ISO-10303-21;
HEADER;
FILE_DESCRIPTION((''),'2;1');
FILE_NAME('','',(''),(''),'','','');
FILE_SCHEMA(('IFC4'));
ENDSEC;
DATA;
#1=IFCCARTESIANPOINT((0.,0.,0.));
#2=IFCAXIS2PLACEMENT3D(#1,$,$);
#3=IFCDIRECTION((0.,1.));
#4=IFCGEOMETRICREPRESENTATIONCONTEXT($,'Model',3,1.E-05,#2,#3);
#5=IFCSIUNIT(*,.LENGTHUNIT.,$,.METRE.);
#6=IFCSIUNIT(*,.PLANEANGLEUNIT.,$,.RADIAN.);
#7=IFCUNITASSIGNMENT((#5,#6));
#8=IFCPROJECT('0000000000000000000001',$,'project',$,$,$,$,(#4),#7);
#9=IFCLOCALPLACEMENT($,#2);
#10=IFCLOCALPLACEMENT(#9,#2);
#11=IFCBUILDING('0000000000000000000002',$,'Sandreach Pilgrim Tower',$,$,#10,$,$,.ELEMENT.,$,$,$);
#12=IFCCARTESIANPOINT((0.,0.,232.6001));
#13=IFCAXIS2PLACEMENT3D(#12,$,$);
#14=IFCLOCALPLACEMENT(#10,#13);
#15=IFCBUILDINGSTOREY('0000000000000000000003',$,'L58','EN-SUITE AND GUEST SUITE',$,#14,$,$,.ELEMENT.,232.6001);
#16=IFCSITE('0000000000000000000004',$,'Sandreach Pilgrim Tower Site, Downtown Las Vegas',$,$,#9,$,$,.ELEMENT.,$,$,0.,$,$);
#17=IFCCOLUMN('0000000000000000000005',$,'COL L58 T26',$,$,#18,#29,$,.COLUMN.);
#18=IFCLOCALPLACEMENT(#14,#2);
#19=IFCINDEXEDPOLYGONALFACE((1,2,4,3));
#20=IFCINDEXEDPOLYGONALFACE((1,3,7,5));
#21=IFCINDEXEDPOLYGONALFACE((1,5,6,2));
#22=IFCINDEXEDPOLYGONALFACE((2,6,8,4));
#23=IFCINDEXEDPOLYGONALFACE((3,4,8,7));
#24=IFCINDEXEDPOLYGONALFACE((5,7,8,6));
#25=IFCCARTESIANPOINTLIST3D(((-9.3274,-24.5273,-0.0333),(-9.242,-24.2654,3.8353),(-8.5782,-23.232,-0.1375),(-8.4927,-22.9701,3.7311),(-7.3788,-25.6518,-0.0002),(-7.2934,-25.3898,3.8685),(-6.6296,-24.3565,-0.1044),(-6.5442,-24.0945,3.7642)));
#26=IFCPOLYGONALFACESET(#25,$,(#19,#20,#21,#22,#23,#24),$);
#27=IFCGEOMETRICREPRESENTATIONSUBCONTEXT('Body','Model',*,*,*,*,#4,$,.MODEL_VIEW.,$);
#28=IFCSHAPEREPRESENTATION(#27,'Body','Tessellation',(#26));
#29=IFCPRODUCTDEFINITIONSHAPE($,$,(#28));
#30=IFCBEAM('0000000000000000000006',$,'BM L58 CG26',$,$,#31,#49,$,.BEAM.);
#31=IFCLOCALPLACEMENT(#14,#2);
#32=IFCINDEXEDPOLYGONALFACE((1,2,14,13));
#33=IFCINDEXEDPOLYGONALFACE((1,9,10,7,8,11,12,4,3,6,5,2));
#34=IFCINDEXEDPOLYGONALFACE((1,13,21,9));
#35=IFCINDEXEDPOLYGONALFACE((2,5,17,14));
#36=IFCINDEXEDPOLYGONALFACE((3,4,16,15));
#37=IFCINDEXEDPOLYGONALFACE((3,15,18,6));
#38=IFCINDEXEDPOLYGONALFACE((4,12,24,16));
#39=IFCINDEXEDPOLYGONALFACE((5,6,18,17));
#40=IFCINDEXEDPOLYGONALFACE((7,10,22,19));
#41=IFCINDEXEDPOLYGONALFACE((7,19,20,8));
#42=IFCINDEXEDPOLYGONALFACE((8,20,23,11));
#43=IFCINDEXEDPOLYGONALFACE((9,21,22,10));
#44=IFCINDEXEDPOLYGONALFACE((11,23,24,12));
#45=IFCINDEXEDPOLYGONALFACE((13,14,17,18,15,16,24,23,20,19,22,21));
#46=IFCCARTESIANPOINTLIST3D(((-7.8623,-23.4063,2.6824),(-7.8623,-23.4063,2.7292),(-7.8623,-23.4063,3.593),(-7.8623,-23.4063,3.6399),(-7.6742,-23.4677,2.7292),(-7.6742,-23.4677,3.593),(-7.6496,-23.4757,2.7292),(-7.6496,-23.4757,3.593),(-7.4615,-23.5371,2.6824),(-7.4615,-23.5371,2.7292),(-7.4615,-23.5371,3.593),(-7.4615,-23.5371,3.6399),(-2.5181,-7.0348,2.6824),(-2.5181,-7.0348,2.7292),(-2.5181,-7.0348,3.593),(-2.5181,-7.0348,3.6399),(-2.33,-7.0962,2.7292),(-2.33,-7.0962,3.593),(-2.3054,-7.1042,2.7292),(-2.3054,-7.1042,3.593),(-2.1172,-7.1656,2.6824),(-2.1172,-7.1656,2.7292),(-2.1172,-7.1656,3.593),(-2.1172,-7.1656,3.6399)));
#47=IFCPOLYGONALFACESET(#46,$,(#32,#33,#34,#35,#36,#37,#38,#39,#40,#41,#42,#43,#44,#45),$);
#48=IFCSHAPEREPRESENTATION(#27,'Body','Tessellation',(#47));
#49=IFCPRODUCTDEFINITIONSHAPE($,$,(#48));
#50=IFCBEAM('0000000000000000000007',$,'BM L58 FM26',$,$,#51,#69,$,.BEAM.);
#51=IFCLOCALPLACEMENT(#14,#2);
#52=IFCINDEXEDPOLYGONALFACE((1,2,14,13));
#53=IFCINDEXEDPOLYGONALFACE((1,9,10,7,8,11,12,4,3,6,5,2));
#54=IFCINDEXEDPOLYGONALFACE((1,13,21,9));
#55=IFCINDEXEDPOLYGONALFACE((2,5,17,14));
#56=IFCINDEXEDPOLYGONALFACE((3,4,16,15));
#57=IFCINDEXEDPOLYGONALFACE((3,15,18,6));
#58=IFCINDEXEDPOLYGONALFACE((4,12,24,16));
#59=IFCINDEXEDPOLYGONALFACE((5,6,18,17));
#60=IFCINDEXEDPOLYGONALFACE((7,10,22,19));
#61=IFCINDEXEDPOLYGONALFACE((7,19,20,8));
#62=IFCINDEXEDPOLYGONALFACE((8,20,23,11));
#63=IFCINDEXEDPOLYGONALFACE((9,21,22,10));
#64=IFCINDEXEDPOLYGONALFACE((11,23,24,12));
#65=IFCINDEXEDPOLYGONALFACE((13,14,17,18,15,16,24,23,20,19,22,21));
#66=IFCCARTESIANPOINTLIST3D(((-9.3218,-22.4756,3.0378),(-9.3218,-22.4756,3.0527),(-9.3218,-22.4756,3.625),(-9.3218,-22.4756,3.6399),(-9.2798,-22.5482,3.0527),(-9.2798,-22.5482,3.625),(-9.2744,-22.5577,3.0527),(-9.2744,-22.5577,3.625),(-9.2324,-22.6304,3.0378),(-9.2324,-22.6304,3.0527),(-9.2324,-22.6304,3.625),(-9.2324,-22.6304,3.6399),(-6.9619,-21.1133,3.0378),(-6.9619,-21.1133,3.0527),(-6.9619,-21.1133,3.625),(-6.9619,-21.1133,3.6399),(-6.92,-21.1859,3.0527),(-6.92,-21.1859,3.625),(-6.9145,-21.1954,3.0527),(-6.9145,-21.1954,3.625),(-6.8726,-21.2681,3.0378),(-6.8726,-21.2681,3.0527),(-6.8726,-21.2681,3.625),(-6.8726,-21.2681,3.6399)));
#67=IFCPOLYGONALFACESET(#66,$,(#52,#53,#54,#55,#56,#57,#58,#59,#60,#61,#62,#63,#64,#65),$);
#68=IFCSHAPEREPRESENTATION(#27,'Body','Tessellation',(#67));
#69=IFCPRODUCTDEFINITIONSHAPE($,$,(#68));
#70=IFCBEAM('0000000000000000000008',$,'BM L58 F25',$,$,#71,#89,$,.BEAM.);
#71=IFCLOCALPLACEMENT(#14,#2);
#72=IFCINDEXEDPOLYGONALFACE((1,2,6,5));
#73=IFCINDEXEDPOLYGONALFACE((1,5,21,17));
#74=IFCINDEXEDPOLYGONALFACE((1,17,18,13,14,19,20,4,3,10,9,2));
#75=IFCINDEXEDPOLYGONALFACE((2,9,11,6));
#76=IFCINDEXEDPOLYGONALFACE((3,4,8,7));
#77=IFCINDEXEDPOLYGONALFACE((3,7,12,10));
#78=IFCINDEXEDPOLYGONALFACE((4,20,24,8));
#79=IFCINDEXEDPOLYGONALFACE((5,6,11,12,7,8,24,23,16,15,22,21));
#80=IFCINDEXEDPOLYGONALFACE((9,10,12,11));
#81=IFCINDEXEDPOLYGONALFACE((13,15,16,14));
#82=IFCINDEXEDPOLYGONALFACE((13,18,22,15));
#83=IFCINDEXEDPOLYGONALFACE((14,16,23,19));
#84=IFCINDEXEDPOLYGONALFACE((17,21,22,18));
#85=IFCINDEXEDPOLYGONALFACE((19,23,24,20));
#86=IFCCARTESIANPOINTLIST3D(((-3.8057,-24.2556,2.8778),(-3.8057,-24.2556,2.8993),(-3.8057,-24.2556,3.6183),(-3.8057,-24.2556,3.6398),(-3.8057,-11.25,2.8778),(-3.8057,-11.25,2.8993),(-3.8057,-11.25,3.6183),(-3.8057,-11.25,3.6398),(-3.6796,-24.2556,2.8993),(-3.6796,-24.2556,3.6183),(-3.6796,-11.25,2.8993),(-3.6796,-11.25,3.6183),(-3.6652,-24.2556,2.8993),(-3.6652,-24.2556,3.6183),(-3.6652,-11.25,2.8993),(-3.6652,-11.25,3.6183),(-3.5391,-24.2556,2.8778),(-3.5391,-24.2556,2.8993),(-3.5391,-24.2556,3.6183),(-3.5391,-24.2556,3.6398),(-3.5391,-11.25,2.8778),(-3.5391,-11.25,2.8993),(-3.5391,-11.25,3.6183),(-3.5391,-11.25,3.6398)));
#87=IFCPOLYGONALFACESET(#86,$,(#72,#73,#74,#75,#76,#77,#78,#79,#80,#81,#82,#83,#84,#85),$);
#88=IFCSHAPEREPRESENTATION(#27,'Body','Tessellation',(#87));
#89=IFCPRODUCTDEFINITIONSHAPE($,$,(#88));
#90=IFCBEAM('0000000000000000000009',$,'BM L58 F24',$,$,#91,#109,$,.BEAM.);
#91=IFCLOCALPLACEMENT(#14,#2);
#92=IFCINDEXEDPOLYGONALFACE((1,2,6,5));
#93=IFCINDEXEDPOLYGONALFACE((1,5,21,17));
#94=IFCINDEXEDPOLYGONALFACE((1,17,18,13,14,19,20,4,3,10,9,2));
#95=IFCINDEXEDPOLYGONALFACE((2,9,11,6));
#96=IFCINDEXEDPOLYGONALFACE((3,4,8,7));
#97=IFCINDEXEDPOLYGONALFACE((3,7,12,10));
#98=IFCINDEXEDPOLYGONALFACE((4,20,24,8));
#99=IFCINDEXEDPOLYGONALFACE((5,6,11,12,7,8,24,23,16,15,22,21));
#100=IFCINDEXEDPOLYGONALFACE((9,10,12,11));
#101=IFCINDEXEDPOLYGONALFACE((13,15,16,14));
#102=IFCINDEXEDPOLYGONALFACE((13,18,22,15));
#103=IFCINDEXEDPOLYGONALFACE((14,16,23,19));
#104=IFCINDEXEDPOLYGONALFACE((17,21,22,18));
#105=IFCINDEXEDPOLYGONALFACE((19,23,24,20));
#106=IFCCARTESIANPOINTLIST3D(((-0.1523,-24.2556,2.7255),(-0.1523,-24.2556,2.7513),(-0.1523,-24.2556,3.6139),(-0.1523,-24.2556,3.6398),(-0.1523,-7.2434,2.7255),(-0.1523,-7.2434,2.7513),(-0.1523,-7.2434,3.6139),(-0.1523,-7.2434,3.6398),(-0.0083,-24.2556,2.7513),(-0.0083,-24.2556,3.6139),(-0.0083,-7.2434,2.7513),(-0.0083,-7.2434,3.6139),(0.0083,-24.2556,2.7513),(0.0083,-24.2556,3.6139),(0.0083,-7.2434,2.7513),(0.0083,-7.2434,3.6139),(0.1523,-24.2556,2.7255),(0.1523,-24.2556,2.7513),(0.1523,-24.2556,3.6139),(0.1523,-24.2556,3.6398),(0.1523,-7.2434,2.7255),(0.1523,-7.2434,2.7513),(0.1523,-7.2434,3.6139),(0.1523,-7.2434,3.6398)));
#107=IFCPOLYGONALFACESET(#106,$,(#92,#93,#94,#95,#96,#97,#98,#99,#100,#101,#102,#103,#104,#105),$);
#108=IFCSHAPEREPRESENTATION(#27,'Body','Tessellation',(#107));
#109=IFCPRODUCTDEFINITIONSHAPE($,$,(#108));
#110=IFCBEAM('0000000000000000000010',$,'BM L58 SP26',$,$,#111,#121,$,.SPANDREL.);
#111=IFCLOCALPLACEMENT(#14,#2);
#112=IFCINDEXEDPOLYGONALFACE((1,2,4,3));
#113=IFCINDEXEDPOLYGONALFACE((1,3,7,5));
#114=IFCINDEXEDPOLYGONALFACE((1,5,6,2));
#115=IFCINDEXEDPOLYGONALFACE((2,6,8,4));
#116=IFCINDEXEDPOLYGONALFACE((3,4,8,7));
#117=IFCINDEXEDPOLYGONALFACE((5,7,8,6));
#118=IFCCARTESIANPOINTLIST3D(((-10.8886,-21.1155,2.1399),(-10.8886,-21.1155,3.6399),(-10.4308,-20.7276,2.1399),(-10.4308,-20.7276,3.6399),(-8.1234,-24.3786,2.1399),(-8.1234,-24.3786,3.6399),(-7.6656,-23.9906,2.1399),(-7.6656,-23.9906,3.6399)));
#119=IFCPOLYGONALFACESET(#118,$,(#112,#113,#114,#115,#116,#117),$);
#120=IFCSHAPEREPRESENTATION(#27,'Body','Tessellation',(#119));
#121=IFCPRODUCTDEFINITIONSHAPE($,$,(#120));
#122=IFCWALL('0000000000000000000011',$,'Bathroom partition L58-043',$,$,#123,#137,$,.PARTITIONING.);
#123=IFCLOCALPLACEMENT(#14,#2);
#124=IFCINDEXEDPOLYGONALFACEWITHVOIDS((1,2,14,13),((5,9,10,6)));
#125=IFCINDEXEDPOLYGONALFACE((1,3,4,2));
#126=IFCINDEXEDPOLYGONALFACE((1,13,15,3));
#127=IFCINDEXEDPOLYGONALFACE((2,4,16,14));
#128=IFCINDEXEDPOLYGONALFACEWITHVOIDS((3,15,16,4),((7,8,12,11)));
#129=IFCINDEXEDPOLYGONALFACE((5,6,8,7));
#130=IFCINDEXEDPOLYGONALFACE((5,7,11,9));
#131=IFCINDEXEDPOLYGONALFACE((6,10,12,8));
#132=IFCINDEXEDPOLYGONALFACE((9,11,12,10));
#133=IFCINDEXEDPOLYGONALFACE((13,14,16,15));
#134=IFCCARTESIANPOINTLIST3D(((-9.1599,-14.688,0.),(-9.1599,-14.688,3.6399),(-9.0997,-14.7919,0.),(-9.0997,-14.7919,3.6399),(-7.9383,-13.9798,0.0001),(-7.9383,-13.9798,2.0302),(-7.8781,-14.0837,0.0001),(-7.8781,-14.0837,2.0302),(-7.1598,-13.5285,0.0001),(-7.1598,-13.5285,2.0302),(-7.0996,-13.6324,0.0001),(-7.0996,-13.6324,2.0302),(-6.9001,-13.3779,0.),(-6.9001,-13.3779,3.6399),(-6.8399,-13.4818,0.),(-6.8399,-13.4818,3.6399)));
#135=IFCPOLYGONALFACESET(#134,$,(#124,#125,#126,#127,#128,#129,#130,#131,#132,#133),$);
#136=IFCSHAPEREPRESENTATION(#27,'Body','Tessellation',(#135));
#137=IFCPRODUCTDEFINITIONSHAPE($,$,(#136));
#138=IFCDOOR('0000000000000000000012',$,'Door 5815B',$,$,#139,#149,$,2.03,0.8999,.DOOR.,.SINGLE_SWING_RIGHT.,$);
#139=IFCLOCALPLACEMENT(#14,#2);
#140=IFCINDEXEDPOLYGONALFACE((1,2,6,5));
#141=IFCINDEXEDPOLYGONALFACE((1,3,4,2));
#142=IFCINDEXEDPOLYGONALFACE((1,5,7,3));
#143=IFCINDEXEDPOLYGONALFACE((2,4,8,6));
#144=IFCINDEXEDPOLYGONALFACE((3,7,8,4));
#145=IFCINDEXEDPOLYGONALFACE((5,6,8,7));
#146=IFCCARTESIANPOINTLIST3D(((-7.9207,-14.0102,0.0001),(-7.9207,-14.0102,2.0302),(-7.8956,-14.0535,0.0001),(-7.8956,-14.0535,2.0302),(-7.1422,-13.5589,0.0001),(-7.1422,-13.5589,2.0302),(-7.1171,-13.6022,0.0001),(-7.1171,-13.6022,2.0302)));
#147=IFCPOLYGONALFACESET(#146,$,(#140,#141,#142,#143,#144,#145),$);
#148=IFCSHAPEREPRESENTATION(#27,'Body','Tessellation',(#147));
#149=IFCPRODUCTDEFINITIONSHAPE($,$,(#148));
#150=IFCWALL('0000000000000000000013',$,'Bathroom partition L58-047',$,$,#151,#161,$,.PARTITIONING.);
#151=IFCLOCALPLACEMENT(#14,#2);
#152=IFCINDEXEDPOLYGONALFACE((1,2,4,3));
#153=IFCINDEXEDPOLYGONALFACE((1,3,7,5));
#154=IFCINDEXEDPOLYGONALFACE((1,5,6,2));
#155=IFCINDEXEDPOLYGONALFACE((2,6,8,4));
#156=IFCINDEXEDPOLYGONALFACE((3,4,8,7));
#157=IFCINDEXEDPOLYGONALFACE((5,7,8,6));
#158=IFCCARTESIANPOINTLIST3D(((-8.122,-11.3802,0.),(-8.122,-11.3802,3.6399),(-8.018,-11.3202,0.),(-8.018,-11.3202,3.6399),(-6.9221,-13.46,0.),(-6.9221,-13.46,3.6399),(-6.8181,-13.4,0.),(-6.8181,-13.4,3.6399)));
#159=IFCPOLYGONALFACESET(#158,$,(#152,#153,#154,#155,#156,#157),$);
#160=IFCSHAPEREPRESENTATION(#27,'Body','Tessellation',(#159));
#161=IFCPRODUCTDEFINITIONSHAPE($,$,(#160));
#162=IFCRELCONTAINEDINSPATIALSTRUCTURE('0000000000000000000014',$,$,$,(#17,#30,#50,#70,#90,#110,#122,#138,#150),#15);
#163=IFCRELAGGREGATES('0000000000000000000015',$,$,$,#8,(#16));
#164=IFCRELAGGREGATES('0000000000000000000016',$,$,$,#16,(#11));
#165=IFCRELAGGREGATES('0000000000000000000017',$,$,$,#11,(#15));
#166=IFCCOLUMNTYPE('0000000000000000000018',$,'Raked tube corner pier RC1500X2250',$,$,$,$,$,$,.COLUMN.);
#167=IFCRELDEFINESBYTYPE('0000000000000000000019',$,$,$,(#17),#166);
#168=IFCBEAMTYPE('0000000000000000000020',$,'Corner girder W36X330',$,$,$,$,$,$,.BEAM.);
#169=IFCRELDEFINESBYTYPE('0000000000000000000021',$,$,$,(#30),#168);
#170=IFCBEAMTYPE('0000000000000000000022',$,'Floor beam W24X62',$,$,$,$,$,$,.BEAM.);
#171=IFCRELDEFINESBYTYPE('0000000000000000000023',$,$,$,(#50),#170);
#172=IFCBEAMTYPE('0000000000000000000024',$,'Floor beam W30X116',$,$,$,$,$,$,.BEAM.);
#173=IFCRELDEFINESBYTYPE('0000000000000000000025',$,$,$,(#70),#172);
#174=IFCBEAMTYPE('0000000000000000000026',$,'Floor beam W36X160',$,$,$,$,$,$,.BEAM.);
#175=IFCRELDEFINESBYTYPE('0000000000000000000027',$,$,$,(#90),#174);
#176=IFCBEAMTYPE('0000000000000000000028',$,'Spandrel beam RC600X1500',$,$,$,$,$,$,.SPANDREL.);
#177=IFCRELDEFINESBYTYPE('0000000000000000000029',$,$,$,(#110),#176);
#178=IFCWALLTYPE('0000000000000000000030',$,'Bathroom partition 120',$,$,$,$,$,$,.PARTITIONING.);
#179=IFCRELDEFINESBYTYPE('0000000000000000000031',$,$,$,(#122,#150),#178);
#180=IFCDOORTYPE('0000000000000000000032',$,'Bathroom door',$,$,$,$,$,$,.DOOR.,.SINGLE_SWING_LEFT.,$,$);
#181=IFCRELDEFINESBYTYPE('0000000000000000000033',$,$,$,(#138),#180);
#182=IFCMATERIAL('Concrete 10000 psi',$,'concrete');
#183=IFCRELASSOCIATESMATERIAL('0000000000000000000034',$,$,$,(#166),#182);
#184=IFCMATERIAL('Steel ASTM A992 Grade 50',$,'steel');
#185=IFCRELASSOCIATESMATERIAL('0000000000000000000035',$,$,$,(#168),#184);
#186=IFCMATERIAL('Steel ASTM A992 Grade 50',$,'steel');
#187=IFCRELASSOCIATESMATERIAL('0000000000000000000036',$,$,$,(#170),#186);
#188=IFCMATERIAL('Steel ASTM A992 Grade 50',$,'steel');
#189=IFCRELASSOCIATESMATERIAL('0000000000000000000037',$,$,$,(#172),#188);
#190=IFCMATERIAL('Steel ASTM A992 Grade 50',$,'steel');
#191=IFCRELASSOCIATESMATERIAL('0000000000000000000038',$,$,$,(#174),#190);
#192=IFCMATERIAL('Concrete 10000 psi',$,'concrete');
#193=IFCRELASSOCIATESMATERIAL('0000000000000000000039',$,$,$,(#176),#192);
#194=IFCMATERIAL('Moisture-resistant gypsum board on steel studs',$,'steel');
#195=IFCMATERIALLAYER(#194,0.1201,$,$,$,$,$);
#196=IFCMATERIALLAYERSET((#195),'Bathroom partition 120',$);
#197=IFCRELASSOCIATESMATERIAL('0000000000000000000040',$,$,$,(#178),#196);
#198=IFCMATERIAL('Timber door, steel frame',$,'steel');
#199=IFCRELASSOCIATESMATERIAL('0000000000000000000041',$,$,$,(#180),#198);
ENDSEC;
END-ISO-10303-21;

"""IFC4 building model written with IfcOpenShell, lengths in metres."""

from ifc_helpers import new_model, si_unit, direction, frame, frame_2d, origin, origin_2d, place, context, subcontext, project, spatial, rectangle, i_section, extrude, material, layer, layer_set, material_profile, profile_set, type_object, element, fill, save


model = new_model("IFC4")

# Units and contexts
model_context = context("Model", 3, precision=1e-05, world=origin(), true_north=direction((0.0, 1.0)))
body_context = subcontext(model_context, "Body", "Model", "MODEL_VIEW")
ifc_project = project(units=[si_unit("LENGTHUNIT", "METRE"), si_unit("PLANEANGLEUNIT", "RADIAN")], contexts=[model_context])

# Site, building, storey
site_placement = place(None, origin())
site = spatial("IfcSite", under=ifc_project, at=site_placement, Name="Sandreach Pilgrim Tower Site, Downtown Las Vegas", CompositionType="ELEMENT", RefElevation=0.0)
building_placement = place(site_placement, origin())
building = spatial("IfcBuilding", under=site, at=building_placement, Name="Sandreach Pilgrim Tower", CompositionType="ELEMENT")
storey_placement = place(building_placement, frame((0.0, 0.0, 232.6001)))
storey = spatial("IfcBuildingStorey", under=building, at=storey_placement, Name="L58", Description="EN-SUITE AND GUEST SUITE", CompositionType="ELEMENT", Elevation=232.6001)

# Column
ifc_material_1 = material(Name="Concrete 10000 psi", Category="concrete")
ifc_material_profile_1 = material_profile(ifc_material_1, rectangle(XDim=1.5, YDim=2.25, at=origin_2d()), Name="RC1500X2250")
ifc_profile_set_1 = profile_set([ifc_material_profile_1], Name="Concrete 10000 psi")
column_type = type_object("IfcColumnType", Name="Raked tube corner pier RC1500X2250", PredefinedType="COLUMN", material=ifc_profile_set_1)
column_placement = place(storey_placement, frame((-7.9785, -24.4419, -0.0688), z_axis=(0.022032, 0.067543, 0.997473), x_axis=(-0.49949, -0.863527, 0.069506)))
element("IfcColumn", 1, at=column_placement, inside=storey, type_object=column_type, Name="COL L58 T26", PredefinedType="COLUMN", context=body_context, shape_type="SweptSolid", body=[
    extrude(rectangle(XDim=1.5, YDim=2.25, at=origin_2d()), origin(), (0.0, 0.0, 1.0), 3.8784),
])

# Beams
ifc_material_2 = material(Name="Steel ASTM A992 Grade 50", Category="steel")
ifc_material_profile_2 = material_profile(ifc_material_2, i_section(OverallWidth=0.4216, OverallDepth=0.9575, WebThickness=0.0259, FlangeThickness=0.0469, at=origin_2d()), Name="W36X330")
ifc_profile_set_2 = profile_set([ifc_material_profile_2], Name="Steel ASTM A992 Grade 50")
beam_type_1 = type_object("IfcBeamType", Name="Corner girder W36X330", PredefinedType="BEAM", material=ifc_profile_set_2)
beam_1_placement = place(storey_placement, frame((-7.6619, -23.4717, 3.1611), z_axis=(0.310319, 0.950633, 0.0), x_axis=(-0.950633, 0.310319, 0.0)))
element("IfcBeam", 2, at=beam_1_placement, inside=storey, type_object=beam_type_1, Name="BM L58 CG26", PredefinedType="BEAM", context=body_context, shape_type="SweptSolid", body=[
    extrude(i_section(OverallWidth=0.4216, OverallDepth=0.9575, WebThickness=0.0259, FlangeThickness=0.0469, at=origin_2d()), origin(), (0.0, 0.0, 1.0), 17.2217),
])
ifc_material_3 = material(Name="Steel ASTM A992 Grade 50", Category="steel")
ifc_material_profile_3 = material_profile(ifc_material_3, i_section(OverallWidth=0.1787, OverallDepth=0.6021, WebThickness=0.011, FlangeThickness=0.0149, at=origin_2d()), Name="W24X62")
ifc_profile_set_3 = profile_set([ifc_material_profile_3], Name="Steel ASTM A992 Grade 50")
beam_type_2 = type_object("IfcBeamType", Name="Floor beam W24X62", PredefinedType="BEAM", material=ifc_profile_set_3)
beam_2_placement = place(storey_placement, frame((-9.2771, -22.553, 3.3389), z_axis=(0.866051, 0.499955, 0.0), x_axis=(-0.499955, 0.866051, 0.0)))
element("IfcBeam", 3, at=beam_2_placement, inside=storey, type_object=beam_type_2, Name="BM L58 FM26", PredefinedType="BEAM", context=body_context, shape_type="SweptSolid", body=[
    extrude(i_section(OverallWidth=0.1787, OverallDepth=0.6021, WebThickness=0.011, FlangeThickness=0.0149, at=origin_2d()), origin(), (0.0, 0.0, 1.0), 2.7249),
])
ifc_material_4 = material(Name="Steel ASTM A992 Grade 50", Category="steel")
ifc_material_profile_4 = material_profile(ifc_material_4, i_section(OverallWidth=0.2666, OverallDepth=0.762, WebThickness=0.0144, FlangeThickness=0.0215, at=origin_2d()), Name="W30X116")
ifc_profile_set_4 = profile_set([ifc_material_profile_4], Name="Steel ASTM A992 Grade 50")
beam_type_3 = type_object("IfcBeamType", Name="Floor beam W30X116", PredefinedType="BEAM", material=ifc_profile_set_4)
beam_3_placement = place(storey_placement, frame((-3.6724, -24.2556, 3.2588), z_axis=(0.0, 1.0, 0.0), x_axis=(-1.0, 0.0, 0.0)))
element("IfcBeam", 4, at=beam_3_placement, inside=storey, type_object=beam_type_3, Name="BM L58 F25", PredefinedType="BEAM", context=body_context, shape_type="SweptSolid", body=[
    extrude(i_section(OverallWidth=0.2666, OverallDepth=0.762, WebThickness=0.0144, FlangeThickness=0.0215, at=origin_2d()), origin(), (0.0, 0.0, 1.0), 13.0056),
])
ifc_material_5 = material(Name="Steel ASTM A992 Grade 50", Category="steel")
ifc_material_profile_5 = material_profile(ifc_material_5, i_section(OverallWidth=0.3047, OverallDepth=0.9143, WebThickness=0.0166, FlangeThickness=0.0259, at=origin_2d()), Name="W36X160")
ifc_profile_set_5 = profile_set([ifc_material_profile_5], Name="Steel ASTM A992 Grade 50")
beam_type_4 = type_object("IfcBeamType", Name="Floor beam W36X160", PredefinedType="BEAM", material=ifc_profile_set_5)
beam_4_placement = place(storey_placement, frame((0.0, -24.2556, 3.1826), z_axis=(0.0, 1.0, 0.0), x_axis=(-1.0, 0.0, 0.0)))
element("IfcBeam", 5, at=beam_4_placement, inside=storey, type_object=beam_type_4, Name="BM L58 F24", PredefinedType="BEAM", context=body_context, shape_type="SweptSolid", body=[
    extrude(i_section(OverallWidth=0.3047, OverallDepth=0.9143, WebThickness=0.0166, FlangeThickness=0.0259, at=origin_2d()), origin(), (0.0, 0.0, 1.0), 17.0122),
])
ifc_material_6 = material(Name="Concrete 10000 psi", Category="concrete")
ifc_material_profile_6 = material_profile(ifc_material_6, rectangle(XDim=0.6001, YDim=1.5, at=origin_2d()), Name="RC600X1500")
ifc_profile_set_6 = profile_set([ifc_material_profile_6], Name="Concrete 10000 psi")
beam_type_5 = type_object("IfcBeamType", Name="Spandrel beam RC600X1500", PredefinedType="SPANDREL", material=ifc_profile_set_6)
beam_5_placement = place(storey_placement, frame((-7.8945, -24.1846, 2.8899), z_axis=(-0.646513, 0.762903, 0.0), x_axis=(-0.762903, -0.646513, 0.0)))
element("IfcBeam", 6, at=beam_5_placement, inside=storey, type_object=beam_type_5, Name="BM L58 SP26", PredefinedType="SPANDREL", context=body_context, shape_type="SweptSolid", body=[
    extrude(rectangle(XDim=0.6001, YDim=1.5, at=origin_2d()), origin(), (0.0, 0.0, 1.0), 4.2771),
])

# Wall, opening, door
ifc_material_7 = material(Name="Moisture-resistant gypsum board on steel studs", Category="steel")
ifc_layer_1 = layer(ifc_material_7, 0.1201)
ifc_layer_set_1 = layer_set([ifc_layer_1], Name="Bathroom partition 120")
wall_type_1 = type_object("IfcWallType", Name="Bathroom partition 120", PredefinedType="PARTITIONING", material=ifc_layer_set_1)
wall_1_placement = place(storey_placement, frame((-9.1299, -14.74, 0.0), z_axis=(0.0, 0.0, 1.0), x_axis=(0.865132, 0.501545, 0.0)))
wall_1 = element("IfcWall", 7, at=wall_1_placement, inside=storey, type_object=wall_type_1, Name="Bathroom partition L58-043", PredefinedType="PARTITIONING", context=body_context, shape_type="SweptSolid", body=[
    extrude(rectangle(XDim=2.6121, YDim=0.1201, at=frame_2d((1.3062, 0.0))), origin(), (0.0, 0.0, 1.0), 3.6399),
])
opening_1_placement = place(wall_1_placement, frame((1.4121, 0.0, 0.0)))
opening_1 = element("IfcOpeningElement", 8, at=opening_1_placement, cuts=wall_1, PredefinedType="OPENING", context=body_context, shape_type="SweptSolid", body=[
    extrude(rectangle(XDim=0.8999, YDim=2.03, at=frame_2d((0.45, 1.0151))), frame((0.0, 0.0601, 0.0), z_axis=(0.0, -1.0, 0.0), x_axis=(1.0, 0.0, 0.0)), (0.0, 0.0, 1.0), 0.1201),
])
ifc_material_8 = material(Name="Timber door, steel frame", Category="steel")
door_type_1 = type_object("IfcDoorType", Name="Bathroom door", OperationType="SINGLE_SWING_LEFT", PredefinedType="DOOR", material=ifc_material_8)
door_1_placement = place(opening_1_placement, origin())
door_1 = element("IfcDoor", 9, at=door_1_placement, inside=storey, type_object=door_type_1, Name="Door 5815B", OperationType="SINGLE_SWING_RIGHT", OverallHeight=2.03, OverallWidth=0.8999, PredefinedType="DOOR", context=body_context, shape_type="SweptSolid", body=[
    extrude(rectangle(XDim=0.8999, YDim=2.03, at=frame_2d((0.45, 1.0151))), frame((0.0, 0.0249, 0.0), z_axis=(0.0, -1.0, 0.0), x_axis=(1.0, 0.0, 0.0)), (0.0, 0.0, 1.0), 0.05),
])
fill(opening_1, door_1)

# Wall
wall_2_placement = place(storey_placement, frame((-8.0701, -11.3501, 0.0), z_axis=(0.0, 0.0, 1.0), x_axis=(0.499737, -0.866177, 0.0)))
element("IfcWall", 10, at=wall_2_placement, inside=storey, type_object=wall_type_1, Name="Bathroom partition L58-047", PredefinedType="PARTITIONING", context=body_context, shape_type="SweptSolid", body=[
    extrude(rectangle(XDim=2.4011, YDim=0.1201, at=frame_2d((1.2007, 0.0))), origin(), (0.0, 0.0, 1.0), 3.6399),
])

save(model, "model.ifc")
